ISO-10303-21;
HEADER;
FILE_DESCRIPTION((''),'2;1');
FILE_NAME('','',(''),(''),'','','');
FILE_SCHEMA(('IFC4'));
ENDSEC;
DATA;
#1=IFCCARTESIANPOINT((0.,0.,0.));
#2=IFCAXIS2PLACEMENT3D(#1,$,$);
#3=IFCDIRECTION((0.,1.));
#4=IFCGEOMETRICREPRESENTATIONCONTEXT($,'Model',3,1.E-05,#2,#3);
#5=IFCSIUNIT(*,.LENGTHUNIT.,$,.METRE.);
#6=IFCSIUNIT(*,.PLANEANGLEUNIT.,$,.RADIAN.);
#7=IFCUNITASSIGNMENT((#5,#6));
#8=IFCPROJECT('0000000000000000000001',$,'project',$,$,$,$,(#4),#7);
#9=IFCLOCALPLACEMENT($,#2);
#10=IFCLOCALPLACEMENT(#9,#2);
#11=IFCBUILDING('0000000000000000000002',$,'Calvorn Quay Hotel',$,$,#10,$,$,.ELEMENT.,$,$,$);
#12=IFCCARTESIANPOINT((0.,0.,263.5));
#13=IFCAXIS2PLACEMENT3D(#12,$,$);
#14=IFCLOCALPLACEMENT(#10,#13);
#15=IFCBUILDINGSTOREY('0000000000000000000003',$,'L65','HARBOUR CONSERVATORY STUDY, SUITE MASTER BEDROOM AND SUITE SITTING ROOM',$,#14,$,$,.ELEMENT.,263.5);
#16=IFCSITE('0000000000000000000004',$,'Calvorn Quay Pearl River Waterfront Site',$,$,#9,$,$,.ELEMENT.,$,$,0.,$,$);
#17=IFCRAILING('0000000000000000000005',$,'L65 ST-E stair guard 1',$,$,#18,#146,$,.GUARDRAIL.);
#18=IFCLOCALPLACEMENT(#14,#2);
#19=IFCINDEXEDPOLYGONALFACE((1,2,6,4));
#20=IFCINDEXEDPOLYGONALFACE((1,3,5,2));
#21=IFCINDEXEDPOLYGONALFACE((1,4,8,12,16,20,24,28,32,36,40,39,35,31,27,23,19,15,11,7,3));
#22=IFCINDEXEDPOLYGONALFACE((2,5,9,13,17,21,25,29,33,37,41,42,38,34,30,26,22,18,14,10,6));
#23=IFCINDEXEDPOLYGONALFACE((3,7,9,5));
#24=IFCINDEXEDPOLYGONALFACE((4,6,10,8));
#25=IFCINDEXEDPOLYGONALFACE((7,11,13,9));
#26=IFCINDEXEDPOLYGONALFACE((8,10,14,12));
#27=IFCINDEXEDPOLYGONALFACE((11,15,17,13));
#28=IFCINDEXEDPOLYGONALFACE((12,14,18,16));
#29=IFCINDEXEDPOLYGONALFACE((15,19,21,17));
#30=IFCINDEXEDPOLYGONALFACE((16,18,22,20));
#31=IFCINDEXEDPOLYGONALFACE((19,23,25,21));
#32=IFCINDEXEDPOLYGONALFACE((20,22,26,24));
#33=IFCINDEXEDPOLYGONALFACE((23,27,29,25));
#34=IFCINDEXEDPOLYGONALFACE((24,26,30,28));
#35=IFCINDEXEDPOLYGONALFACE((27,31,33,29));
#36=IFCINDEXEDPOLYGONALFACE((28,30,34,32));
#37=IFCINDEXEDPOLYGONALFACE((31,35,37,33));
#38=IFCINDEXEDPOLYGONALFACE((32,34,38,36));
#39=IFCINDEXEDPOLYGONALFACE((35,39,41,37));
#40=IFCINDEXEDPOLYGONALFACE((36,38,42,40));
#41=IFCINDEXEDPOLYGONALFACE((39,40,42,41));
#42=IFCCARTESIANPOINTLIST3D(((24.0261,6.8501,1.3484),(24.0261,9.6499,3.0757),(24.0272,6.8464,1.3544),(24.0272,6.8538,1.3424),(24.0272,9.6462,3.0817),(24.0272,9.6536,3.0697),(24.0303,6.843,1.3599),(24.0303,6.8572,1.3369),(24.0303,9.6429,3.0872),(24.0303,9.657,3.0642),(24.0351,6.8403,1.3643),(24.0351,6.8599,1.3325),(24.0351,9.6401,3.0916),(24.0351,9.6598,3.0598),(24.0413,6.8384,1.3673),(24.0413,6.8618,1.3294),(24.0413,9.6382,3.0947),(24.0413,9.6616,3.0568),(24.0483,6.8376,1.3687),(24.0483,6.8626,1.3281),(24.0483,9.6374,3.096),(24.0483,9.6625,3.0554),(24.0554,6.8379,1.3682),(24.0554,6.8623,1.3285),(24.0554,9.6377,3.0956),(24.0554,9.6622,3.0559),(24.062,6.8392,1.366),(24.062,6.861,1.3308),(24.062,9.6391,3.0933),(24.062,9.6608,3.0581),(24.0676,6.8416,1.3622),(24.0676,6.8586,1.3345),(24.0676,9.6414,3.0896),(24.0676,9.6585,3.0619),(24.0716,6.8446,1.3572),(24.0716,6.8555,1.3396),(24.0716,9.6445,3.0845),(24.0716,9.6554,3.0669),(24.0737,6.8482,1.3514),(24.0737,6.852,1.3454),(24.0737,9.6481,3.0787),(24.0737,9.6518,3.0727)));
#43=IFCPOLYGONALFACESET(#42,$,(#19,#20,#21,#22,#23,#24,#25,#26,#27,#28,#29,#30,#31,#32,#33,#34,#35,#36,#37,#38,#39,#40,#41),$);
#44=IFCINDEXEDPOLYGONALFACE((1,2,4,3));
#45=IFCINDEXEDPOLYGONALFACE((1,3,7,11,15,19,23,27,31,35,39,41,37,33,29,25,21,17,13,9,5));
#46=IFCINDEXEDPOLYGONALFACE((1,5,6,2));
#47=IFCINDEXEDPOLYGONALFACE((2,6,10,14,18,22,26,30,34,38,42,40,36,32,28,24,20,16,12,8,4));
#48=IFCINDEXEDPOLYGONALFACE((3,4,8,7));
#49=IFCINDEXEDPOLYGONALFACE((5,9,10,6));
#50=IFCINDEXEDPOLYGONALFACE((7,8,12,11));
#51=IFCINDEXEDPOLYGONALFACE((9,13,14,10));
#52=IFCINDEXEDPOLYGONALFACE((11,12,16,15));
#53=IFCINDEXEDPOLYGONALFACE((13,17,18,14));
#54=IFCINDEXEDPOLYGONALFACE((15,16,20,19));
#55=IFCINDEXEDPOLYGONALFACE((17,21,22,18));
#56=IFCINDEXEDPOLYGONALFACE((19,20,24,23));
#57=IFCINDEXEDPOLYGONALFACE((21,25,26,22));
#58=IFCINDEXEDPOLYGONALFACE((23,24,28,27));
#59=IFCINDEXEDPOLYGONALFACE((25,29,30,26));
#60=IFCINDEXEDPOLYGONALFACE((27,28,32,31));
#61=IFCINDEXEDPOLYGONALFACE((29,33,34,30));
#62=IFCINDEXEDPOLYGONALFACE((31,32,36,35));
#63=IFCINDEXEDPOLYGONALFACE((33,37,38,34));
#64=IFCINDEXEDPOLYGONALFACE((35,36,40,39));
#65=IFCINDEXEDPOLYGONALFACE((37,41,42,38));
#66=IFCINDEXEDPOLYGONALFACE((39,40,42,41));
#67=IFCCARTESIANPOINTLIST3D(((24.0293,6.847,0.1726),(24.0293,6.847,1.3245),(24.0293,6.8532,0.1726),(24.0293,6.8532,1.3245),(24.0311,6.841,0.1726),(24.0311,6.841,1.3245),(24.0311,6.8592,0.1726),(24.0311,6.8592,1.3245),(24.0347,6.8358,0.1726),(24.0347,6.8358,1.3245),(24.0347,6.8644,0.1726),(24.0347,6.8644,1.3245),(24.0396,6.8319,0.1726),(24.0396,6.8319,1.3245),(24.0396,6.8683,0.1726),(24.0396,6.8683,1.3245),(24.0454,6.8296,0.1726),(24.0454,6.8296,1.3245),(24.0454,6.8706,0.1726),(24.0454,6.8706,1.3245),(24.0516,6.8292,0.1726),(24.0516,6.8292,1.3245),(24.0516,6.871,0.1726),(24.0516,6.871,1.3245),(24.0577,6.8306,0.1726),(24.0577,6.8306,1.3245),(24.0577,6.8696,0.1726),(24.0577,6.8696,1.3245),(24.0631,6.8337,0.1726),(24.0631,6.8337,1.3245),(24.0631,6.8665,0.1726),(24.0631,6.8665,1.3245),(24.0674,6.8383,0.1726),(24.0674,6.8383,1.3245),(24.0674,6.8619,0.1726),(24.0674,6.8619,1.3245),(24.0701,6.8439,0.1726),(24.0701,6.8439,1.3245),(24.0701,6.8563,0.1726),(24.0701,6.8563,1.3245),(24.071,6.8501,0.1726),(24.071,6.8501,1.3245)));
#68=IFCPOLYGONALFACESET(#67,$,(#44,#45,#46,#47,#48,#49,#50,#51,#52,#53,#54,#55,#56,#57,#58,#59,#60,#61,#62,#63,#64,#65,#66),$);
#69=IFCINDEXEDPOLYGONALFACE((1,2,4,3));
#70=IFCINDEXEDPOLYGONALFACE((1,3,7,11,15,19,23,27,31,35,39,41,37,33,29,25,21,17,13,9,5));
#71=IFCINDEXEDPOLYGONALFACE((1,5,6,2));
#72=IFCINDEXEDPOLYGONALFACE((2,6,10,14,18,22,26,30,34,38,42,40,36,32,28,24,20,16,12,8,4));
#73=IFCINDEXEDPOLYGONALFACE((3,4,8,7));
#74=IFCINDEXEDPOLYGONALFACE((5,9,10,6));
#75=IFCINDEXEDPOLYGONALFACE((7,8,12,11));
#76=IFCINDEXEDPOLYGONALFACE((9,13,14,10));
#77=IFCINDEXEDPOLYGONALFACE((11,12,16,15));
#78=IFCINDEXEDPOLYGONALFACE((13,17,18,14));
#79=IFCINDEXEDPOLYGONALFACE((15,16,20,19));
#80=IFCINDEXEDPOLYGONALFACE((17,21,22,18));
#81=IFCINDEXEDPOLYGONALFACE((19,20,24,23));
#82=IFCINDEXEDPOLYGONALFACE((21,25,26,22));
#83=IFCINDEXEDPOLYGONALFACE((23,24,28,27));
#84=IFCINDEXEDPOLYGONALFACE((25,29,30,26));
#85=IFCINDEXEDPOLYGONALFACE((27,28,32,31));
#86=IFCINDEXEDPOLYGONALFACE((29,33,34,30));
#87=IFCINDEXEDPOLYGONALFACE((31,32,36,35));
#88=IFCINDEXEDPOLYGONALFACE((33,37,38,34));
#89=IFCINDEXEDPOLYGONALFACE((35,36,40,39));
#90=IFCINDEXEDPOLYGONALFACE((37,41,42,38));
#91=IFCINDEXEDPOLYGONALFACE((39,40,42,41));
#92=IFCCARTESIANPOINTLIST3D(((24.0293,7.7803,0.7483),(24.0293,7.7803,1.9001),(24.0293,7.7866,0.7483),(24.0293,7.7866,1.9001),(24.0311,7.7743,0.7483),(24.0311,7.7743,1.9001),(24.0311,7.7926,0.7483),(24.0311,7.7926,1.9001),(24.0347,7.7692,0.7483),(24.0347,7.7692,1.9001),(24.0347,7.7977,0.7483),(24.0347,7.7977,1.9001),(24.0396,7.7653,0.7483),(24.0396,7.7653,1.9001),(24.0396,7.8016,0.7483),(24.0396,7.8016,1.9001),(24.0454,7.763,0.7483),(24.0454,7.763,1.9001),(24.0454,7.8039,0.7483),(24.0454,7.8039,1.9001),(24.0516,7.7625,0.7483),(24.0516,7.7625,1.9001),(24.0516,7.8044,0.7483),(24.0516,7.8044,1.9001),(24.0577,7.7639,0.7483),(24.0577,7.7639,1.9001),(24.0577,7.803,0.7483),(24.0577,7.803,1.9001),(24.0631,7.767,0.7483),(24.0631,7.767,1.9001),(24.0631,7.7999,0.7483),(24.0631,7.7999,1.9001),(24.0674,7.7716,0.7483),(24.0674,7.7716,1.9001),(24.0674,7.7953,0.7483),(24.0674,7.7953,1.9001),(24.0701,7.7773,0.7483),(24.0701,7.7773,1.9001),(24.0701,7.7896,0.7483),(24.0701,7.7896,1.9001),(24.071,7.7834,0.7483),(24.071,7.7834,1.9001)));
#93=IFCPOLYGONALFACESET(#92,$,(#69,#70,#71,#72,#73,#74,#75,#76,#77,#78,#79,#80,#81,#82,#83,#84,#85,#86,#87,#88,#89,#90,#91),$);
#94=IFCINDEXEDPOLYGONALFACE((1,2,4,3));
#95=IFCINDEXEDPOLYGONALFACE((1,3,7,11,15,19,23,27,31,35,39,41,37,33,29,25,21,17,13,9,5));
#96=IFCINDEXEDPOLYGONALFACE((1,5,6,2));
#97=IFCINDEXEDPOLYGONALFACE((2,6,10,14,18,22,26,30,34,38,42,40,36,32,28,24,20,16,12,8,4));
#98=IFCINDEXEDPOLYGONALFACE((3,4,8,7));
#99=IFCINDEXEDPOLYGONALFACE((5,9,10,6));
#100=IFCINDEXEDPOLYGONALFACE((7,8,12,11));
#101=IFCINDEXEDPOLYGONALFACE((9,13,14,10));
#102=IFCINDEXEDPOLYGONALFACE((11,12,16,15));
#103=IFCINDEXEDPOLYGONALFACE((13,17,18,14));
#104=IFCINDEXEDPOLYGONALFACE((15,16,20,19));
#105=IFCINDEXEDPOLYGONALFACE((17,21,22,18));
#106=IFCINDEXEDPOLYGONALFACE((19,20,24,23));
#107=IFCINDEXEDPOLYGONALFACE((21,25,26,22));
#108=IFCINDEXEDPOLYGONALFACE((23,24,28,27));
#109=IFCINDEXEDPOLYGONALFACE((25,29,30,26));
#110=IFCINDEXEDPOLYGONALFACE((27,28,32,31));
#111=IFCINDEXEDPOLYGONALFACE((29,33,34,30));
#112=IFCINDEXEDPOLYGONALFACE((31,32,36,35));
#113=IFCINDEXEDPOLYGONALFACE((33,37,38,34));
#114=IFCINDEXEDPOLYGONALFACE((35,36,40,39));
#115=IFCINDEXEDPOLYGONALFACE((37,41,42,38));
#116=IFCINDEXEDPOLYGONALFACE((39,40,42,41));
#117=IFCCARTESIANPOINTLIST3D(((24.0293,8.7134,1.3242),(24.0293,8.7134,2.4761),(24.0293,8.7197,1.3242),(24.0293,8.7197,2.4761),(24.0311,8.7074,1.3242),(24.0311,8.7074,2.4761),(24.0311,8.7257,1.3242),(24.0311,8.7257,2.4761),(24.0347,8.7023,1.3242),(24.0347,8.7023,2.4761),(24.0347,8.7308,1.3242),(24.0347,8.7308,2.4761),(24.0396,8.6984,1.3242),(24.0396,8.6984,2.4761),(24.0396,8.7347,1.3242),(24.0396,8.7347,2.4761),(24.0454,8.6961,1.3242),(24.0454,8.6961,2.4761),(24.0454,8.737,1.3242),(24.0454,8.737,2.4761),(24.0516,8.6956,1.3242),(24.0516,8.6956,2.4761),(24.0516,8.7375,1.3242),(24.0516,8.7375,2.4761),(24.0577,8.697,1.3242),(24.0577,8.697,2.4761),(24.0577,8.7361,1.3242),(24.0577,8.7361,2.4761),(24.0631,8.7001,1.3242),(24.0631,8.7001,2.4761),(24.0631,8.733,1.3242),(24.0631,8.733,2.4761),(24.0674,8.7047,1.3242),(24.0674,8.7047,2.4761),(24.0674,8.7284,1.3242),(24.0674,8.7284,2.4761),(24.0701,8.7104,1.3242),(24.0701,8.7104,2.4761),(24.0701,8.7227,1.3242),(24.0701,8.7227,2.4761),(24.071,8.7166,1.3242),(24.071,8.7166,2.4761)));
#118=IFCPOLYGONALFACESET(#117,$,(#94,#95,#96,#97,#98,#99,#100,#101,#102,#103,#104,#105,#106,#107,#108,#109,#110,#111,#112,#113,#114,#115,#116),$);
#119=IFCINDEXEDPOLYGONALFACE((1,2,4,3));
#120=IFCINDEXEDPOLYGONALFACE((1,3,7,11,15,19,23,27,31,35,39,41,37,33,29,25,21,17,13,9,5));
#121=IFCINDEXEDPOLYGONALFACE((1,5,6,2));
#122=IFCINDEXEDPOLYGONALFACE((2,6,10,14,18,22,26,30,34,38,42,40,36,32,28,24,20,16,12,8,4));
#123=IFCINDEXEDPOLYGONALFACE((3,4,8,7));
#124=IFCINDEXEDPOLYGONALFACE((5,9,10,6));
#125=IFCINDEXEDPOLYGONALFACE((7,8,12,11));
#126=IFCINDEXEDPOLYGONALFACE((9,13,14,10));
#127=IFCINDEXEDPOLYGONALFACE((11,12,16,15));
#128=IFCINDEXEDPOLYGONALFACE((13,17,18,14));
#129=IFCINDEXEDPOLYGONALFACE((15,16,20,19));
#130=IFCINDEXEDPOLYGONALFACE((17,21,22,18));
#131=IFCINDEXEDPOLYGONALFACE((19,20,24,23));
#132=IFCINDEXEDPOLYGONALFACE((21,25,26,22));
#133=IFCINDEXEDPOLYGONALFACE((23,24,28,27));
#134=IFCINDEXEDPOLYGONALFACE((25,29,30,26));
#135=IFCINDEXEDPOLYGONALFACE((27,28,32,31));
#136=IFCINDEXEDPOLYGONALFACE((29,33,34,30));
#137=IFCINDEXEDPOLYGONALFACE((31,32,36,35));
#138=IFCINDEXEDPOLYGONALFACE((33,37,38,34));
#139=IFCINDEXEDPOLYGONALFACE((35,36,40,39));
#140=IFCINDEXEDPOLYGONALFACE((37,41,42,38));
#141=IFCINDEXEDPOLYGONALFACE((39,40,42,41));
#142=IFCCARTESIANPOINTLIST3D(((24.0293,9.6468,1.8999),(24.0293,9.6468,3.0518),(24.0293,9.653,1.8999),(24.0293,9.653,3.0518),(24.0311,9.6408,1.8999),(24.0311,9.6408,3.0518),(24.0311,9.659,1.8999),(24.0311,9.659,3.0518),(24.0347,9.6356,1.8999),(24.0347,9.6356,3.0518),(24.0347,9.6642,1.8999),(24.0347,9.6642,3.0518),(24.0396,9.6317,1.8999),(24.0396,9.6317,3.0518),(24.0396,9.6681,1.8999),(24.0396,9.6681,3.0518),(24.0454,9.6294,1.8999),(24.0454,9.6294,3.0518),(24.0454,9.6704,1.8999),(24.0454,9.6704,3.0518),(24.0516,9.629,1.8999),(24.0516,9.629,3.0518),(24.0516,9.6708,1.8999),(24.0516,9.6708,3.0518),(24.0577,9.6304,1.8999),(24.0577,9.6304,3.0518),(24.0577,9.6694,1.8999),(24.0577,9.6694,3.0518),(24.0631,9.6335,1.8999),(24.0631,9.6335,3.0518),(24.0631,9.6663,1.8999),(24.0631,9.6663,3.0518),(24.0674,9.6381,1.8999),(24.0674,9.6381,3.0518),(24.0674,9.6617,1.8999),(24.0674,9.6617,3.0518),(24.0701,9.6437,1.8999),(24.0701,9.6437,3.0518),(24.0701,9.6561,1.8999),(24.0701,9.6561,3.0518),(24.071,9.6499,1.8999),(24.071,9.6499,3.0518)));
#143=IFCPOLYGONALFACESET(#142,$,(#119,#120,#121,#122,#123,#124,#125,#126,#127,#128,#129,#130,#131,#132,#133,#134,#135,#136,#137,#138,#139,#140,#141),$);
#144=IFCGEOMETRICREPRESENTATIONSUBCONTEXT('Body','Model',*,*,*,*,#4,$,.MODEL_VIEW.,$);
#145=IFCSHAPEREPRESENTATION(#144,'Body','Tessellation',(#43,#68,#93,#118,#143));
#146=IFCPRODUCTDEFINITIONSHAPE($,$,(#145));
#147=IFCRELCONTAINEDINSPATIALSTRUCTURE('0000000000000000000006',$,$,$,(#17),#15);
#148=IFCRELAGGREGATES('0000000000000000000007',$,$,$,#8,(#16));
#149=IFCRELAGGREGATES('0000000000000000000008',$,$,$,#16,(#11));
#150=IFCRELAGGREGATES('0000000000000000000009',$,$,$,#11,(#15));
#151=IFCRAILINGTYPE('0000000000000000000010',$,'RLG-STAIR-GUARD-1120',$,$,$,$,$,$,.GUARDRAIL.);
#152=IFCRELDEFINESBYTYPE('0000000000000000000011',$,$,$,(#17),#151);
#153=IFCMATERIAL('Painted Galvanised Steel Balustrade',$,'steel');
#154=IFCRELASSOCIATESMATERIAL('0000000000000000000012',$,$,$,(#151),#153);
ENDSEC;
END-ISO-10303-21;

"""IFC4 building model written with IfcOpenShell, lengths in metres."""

from ifc_helpers import new_model, si_unit, direction, frame, origin, origin_2d, place, context, subcontext, project, spatial, circle, extrude, material, type_object, element, save


model = new_model("IFC4")

# Units and contexts
model_context = context("Model", 3, precision=1e-05, world=origin(), true_north=direction((0.0, 1.0)))
body_context = subcontext(model_context, "Body", "Model", "MODEL_VIEW")
ifc_project = project(units=[si_unit("LENGTHUNIT", "METRE"), si_unit("PLANEANGLEUNIT", "RADIAN")], contexts=[model_context])

# Site, building, storey
site_placement = place(None, origin())
site = spatial("IfcSite", under=ifc_project, at=site_placement, Name="Calvorn Quay Pearl River Waterfront Site", CompositionType="ELEMENT", RefElevation=0.0)
building_placement = place(site_placement, origin())
building = spatial("IfcBuilding", under=site, at=building_placement, Name="Calvorn Quay Hotel", CompositionType="ELEMENT")
storey_placement = place(building_placement, frame((0.0, 0.0, 263.5)))
storey = spatial("IfcBuildingStorey", under=building, at=storey_placement, Name="L65", Description="HARBOUR CONSERVATORY STUDY, SUITE MASTER BEDROOM AND SUITE SITTING ROOM", CompositionType="ELEMENT", Elevation=263.5)

# Railing
ifc_material_1 = material(Name="Painted Galvanised Steel Balustrade", Category="steel")
railing_type_1 = type_object("IfcRailingType", Name="RLG-STAIR-GUARD-1120", PredefinedType="GUARDRAIL", material=ifc_material_1)
railing_1_placement = place(storey_placement, frame((24.05, 6.8501, 0.1726)))
element("IfcRailing", 1, at=railing_1_placement, inside=storey, type_object=railing_type_1, Name="L65 ST-E stair guard 1", PredefinedType="GUARDRAIL", context=body_context, shape_type="SweptSolid", body=[
    extrude(circle(Radius=0.0239, at=origin_2d()), frame((0.0, 0.0, 1.1758), z_axis=(0.0, 0.851069, 0.525054), x_axis=(-1.0, 0.0, 0.0)), (0.0, 0.0, 1.0), 3.2898),
    extrude(circle(Radius=0.021, at=origin_2d()), origin(), (0.0, 0.0, 1.0), 1.1519),
    extrude(circle(Radius=0.021, at=origin_2d()), frame((0.0, 0.9333, 0.5757)), (0.0, 0.0, 1.0), 1.1519),
    extrude(circle(Radius=0.021, at=origin_2d()), frame((0.0, 1.8665, 1.1516)), (0.0, 0.0, 1.0), 1.1519),
    extrude(circle(Radius=0.021, at=origin_2d()), frame((0.0, 2.7998, 1.7273)), (0.0, 0.0, 1.0), 1.1519),
])

save(model, "model.ifc")
